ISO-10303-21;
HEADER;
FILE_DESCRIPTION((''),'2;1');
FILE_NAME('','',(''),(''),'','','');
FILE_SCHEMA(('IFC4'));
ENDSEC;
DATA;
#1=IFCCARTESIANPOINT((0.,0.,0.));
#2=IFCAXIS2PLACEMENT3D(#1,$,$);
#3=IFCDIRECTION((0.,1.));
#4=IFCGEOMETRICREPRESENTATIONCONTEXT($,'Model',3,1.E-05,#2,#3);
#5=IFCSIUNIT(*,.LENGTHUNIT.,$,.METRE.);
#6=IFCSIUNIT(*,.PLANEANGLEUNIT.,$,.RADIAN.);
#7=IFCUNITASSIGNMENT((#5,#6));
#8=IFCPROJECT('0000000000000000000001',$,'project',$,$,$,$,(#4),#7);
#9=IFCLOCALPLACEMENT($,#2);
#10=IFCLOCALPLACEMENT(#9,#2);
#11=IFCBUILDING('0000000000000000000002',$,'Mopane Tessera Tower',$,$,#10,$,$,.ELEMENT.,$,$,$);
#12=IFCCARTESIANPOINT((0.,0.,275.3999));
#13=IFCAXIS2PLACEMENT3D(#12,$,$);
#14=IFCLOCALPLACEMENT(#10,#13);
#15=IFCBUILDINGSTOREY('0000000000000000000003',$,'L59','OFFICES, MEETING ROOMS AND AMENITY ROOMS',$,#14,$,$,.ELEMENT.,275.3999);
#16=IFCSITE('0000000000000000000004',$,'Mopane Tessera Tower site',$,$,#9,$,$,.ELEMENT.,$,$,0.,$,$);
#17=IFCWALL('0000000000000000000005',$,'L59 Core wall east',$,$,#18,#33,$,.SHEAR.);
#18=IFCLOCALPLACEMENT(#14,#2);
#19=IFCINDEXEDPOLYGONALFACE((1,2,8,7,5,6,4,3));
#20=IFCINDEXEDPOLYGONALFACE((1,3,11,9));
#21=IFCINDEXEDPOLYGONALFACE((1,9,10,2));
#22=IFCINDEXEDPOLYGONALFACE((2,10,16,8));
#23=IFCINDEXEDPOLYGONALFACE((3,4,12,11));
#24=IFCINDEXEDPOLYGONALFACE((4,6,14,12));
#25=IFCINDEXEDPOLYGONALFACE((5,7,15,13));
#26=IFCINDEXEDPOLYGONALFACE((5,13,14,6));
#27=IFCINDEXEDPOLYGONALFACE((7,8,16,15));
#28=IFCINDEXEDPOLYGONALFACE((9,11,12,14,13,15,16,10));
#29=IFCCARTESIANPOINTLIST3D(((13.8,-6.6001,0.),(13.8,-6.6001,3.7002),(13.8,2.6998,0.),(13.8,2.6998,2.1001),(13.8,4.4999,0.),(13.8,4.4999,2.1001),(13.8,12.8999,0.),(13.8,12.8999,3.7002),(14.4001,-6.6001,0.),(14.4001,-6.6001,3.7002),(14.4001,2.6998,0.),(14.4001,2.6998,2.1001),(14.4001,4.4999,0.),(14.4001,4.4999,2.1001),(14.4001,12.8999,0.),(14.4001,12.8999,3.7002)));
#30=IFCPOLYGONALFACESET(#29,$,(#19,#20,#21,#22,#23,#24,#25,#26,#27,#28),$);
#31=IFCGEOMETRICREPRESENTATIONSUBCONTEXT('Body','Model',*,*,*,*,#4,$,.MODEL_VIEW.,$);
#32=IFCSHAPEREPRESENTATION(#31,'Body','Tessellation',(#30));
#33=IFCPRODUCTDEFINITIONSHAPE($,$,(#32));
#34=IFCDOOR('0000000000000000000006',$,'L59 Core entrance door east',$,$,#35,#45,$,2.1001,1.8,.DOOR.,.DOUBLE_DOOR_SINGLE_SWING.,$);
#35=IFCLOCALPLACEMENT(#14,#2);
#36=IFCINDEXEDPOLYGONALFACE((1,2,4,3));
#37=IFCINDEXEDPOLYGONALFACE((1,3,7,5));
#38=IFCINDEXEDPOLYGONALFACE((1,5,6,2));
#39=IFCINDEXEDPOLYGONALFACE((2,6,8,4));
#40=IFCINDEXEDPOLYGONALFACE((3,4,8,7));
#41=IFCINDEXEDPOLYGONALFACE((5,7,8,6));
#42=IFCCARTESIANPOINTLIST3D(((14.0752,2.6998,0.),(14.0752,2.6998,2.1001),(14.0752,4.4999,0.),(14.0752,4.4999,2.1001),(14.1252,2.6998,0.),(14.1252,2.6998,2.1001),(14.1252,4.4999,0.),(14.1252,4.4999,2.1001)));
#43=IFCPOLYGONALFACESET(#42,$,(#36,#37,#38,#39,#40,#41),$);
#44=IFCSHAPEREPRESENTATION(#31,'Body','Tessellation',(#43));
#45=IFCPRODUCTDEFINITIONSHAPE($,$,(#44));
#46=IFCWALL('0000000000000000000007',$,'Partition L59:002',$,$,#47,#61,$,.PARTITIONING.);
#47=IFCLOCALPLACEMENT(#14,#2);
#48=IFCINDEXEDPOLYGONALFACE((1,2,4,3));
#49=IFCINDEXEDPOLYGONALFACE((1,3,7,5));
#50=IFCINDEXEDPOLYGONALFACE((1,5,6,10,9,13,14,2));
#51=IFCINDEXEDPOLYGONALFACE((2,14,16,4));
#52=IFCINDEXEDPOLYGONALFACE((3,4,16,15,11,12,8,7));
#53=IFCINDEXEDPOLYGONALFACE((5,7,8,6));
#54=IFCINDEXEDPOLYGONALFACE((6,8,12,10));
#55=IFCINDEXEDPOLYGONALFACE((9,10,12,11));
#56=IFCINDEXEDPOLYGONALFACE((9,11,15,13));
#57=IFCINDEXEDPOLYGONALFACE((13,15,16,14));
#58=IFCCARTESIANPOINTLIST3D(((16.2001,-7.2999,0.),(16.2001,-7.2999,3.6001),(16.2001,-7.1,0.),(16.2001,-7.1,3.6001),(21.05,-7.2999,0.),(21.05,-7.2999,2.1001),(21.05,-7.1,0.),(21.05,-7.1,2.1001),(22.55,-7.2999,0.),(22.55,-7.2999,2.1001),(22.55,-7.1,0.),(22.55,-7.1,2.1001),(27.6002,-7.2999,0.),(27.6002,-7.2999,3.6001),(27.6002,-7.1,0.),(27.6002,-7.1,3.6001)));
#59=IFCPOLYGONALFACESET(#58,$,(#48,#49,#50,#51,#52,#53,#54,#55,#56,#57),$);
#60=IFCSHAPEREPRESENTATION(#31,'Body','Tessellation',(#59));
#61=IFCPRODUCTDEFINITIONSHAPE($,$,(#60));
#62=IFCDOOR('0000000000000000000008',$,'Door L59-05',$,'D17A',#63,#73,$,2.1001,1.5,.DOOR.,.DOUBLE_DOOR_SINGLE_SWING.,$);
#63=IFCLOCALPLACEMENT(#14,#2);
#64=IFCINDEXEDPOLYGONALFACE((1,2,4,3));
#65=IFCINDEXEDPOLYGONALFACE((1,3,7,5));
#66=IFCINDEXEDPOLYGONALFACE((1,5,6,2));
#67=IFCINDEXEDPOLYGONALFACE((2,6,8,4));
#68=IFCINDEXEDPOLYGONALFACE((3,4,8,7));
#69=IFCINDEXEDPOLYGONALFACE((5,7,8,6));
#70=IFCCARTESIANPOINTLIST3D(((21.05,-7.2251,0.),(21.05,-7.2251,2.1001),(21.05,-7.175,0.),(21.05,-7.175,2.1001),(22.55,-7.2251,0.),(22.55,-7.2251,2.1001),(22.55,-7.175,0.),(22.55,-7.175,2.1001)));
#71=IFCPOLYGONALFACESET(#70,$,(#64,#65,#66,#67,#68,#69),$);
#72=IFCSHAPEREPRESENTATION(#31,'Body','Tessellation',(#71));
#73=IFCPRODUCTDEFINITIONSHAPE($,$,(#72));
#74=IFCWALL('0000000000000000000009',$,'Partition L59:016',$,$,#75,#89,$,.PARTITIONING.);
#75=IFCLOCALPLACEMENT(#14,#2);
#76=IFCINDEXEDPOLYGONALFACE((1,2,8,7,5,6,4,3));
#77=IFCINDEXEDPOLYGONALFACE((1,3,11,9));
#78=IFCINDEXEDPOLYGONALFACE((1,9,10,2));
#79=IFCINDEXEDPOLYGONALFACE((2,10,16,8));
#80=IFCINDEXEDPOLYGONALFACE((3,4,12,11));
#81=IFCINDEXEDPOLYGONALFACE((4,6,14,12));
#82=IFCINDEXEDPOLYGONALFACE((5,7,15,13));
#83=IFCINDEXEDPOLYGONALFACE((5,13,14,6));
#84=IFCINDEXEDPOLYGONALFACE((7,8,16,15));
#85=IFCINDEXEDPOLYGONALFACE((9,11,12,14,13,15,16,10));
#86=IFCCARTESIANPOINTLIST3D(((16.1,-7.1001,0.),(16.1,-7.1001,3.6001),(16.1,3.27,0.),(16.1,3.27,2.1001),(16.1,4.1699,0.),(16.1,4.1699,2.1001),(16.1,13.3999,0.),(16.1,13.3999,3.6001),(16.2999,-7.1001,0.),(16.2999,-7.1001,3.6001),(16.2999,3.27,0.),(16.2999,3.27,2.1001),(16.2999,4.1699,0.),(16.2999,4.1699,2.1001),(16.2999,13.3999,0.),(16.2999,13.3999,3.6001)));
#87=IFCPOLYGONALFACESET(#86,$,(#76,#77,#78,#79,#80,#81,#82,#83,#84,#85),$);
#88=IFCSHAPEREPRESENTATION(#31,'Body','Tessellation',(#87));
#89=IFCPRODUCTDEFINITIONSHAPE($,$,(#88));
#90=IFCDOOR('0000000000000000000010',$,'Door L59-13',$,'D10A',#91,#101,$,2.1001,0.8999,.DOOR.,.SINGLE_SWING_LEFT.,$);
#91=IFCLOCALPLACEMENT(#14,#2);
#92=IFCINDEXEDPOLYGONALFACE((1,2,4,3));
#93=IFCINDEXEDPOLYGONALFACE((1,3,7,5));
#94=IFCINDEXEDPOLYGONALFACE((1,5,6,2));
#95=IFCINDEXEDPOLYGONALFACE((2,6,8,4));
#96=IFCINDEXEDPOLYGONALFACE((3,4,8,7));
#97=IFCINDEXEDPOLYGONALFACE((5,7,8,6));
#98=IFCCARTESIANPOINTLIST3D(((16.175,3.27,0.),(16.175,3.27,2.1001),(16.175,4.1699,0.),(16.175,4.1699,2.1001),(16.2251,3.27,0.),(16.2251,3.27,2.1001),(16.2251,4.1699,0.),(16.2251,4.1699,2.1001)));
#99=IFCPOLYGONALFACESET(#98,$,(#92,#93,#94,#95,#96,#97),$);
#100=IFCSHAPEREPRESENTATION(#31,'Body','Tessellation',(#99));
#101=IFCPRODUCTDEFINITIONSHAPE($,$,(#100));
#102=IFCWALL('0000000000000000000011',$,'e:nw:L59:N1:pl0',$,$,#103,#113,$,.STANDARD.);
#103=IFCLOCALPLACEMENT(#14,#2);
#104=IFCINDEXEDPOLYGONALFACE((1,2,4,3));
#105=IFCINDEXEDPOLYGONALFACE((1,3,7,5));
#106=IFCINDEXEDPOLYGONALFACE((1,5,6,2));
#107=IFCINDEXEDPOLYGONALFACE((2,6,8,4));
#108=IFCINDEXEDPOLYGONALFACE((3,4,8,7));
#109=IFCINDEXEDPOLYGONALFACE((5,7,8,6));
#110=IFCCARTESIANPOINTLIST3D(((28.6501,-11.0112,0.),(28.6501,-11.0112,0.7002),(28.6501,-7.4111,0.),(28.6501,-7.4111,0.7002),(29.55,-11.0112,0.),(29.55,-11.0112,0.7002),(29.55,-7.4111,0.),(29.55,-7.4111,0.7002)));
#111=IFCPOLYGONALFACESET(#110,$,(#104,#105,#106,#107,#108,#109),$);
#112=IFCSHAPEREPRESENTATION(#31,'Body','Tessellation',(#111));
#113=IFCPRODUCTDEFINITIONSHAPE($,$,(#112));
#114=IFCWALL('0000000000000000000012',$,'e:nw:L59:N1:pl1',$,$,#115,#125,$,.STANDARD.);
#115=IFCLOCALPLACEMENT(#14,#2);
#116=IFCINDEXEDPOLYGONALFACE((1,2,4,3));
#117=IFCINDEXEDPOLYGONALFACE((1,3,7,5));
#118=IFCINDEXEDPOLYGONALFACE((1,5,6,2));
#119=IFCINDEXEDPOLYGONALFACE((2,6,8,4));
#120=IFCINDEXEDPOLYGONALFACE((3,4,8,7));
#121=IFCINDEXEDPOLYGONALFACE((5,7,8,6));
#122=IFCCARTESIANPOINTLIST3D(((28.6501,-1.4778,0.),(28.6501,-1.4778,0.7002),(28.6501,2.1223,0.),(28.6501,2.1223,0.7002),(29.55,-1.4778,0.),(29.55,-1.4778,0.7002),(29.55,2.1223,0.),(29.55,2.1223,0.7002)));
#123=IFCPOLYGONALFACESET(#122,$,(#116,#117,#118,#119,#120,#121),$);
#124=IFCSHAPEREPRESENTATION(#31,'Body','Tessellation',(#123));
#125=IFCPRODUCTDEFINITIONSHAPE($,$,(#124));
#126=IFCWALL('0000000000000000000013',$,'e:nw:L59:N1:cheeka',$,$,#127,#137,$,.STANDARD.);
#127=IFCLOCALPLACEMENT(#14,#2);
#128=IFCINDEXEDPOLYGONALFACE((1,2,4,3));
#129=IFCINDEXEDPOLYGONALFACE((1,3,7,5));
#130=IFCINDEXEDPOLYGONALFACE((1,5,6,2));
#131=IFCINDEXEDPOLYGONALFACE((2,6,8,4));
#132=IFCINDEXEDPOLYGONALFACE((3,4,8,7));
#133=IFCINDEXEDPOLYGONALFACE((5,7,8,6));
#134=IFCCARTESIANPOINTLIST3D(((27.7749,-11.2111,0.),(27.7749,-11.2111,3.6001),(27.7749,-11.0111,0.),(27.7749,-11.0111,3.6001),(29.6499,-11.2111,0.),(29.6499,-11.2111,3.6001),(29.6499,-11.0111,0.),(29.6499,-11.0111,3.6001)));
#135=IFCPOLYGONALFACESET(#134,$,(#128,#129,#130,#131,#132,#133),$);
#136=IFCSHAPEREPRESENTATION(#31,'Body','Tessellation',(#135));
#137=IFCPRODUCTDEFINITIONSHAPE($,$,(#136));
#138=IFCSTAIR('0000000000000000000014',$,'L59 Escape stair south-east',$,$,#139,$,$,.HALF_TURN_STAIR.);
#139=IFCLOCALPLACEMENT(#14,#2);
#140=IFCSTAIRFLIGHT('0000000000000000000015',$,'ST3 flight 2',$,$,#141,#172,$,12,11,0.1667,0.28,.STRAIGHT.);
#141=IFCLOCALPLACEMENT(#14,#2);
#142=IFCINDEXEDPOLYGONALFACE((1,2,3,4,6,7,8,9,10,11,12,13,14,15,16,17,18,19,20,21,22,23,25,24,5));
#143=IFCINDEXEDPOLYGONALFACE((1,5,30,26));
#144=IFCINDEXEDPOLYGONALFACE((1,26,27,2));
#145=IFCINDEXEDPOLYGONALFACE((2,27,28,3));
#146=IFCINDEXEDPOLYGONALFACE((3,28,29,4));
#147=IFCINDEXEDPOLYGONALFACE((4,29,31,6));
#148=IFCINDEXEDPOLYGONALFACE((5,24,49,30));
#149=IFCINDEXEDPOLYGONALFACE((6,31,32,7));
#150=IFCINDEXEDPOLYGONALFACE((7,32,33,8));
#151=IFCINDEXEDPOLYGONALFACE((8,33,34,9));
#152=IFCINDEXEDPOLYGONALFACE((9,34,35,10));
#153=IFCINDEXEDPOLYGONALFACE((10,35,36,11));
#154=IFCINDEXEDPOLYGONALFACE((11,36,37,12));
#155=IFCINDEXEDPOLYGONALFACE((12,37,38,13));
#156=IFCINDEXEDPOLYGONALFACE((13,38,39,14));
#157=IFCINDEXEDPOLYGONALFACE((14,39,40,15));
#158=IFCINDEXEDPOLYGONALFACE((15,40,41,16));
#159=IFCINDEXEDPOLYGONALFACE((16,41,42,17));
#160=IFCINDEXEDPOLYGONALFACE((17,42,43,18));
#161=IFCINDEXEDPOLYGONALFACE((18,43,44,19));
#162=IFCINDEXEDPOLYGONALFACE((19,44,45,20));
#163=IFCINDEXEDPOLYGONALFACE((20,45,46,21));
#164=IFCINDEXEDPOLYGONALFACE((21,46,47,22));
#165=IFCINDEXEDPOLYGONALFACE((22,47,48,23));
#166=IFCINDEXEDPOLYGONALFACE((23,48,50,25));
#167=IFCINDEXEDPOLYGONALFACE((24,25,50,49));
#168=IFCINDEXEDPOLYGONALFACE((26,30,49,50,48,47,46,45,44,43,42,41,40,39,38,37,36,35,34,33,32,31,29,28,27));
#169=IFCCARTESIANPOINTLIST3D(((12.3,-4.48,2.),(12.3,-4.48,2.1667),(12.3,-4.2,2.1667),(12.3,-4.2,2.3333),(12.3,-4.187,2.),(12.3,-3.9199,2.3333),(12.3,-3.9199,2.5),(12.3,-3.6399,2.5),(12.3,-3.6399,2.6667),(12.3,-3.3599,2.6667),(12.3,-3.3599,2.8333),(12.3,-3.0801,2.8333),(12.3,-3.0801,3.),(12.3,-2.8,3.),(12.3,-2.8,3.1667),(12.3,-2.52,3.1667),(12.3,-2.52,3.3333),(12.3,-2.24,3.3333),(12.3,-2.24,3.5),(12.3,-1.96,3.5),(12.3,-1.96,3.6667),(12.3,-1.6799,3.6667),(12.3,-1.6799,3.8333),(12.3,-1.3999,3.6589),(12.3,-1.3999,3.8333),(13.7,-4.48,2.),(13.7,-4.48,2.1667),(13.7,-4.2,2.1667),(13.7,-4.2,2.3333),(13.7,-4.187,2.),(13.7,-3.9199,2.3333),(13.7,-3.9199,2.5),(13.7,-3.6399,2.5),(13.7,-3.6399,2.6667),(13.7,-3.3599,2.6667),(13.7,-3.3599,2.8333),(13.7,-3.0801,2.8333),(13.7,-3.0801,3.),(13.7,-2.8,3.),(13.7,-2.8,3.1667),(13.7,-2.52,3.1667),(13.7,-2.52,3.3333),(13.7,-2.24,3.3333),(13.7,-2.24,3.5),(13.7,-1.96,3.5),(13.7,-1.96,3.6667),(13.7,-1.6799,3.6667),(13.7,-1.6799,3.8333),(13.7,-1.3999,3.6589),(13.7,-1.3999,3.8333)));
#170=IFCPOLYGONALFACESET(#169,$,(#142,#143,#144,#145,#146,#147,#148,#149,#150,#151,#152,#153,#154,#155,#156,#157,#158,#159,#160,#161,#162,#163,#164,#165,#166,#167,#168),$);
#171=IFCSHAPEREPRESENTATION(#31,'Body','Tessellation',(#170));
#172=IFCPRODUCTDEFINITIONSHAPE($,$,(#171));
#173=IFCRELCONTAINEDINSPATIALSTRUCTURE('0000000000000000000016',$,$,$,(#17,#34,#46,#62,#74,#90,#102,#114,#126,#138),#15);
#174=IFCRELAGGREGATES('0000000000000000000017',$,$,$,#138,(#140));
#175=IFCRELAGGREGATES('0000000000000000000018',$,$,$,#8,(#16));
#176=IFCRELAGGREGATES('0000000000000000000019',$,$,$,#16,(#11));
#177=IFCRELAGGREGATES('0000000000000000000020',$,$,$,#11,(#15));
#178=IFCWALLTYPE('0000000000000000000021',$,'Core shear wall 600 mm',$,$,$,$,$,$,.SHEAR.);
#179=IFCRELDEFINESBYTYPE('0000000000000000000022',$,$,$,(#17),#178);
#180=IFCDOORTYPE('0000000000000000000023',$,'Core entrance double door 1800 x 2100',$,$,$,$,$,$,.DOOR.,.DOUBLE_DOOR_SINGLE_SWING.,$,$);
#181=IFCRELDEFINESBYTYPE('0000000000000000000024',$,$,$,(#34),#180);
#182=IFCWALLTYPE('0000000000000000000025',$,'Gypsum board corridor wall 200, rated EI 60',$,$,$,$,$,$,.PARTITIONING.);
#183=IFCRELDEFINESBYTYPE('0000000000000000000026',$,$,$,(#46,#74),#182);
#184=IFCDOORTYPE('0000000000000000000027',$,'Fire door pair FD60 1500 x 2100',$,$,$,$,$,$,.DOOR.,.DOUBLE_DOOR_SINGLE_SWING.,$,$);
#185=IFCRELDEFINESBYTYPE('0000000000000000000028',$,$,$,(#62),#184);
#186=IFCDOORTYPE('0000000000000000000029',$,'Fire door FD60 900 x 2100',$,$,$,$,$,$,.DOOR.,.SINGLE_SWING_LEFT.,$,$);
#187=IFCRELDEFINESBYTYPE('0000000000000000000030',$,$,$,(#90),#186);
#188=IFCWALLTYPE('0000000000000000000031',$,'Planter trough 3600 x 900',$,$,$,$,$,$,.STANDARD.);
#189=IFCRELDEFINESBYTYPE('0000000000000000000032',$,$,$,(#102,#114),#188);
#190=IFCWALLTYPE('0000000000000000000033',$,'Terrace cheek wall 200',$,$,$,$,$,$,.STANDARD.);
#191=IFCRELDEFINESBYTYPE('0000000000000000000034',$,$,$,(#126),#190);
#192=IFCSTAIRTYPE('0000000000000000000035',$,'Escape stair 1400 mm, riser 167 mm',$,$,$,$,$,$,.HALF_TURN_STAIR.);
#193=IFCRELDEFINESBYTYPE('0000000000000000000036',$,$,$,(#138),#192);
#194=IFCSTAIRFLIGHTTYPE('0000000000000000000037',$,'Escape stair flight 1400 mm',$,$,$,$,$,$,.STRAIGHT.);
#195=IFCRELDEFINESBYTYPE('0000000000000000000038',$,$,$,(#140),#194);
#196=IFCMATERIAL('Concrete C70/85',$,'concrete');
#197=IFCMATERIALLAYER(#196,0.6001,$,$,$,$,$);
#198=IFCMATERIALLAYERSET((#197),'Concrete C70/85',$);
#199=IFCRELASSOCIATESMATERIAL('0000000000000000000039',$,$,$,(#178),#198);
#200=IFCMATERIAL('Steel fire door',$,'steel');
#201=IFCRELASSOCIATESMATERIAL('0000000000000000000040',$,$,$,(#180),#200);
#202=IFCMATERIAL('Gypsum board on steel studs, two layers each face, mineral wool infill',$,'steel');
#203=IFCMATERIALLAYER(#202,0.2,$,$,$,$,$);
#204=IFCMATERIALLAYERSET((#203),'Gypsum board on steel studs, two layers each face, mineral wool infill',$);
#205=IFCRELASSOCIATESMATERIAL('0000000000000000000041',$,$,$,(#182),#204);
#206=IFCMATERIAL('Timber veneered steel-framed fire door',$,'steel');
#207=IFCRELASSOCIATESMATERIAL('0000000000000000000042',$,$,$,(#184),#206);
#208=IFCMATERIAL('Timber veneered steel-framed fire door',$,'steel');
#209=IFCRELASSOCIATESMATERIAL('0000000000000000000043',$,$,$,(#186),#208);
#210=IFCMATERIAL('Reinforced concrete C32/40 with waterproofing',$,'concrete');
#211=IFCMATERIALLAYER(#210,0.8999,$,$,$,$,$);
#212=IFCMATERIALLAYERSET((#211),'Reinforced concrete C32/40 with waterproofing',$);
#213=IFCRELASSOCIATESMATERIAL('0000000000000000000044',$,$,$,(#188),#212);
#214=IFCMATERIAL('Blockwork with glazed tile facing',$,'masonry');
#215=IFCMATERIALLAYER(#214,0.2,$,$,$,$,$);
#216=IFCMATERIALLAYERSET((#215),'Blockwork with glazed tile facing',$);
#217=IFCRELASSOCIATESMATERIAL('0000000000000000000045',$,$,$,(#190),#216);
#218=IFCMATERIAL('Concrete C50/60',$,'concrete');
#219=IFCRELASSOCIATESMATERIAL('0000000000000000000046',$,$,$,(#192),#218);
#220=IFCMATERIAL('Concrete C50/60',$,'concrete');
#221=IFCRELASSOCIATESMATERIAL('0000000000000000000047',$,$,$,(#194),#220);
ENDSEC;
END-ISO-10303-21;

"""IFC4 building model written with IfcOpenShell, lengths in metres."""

from ifc_helpers import new_model, si_unit, direction, frame, frame_2d, origin, place, context, subcontext, project, spatial, polyline, rectangle, outline, extrude, material, layer, layer_set, type_object, element, fill, aggregate, save


model = new_model("IFC4")

# Units and contexts
model_context = context("Model", 3, precision=1e-05, world=origin(), true_north=direction((0.0, 1.0)))
body_context = subcontext(model_context, "Body", "Model", "MODEL_VIEW")
ifc_project = project(units=[si_unit("LENGTHUNIT", "METRE"), si_unit("PLANEANGLEUNIT", "RADIAN")], contexts=[model_context])

# Site, building, storey
site_placement = place(None, origin())
site = spatial("IfcSite", under=ifc_project, at=site_placement, Name="Mopane Tessera Tower site", CompositionType="ELEMENT", RefElevation=0.0)
building_placement = place(site_placement, origin())
building = spatial("IfcBuilding", under=site, at=building_placement, Name="Mopane Tessera Tower", CompositionType="ELEMENT")
storey_placement = place(building_placement, frame((0.0, 0.0, 275.3999)))
storey = spatial("IfcBuildingStorey", under=building, at=storey_placement, Name="L59", Description="OFFICES, MEETING ROOMS AND AMENITY ROOMS", CompositionType="ELEMENT", Elevation=275.3999)

# Walls, openings, doors
ifc_material_1 = material(Name="Concrete C70/85", Category="concrete")
ifc_layer_1 = layer(ifc_material_1, 0.6001)
ifc_layer_set_1 = layer_set([ifc_layer_1], Name="Concrete C70/85")
wall_type_1 = type_object("IfcWallType", Name="Core shear wall 600 mm", PredefinedType="SHEAR", material=ifc_layer_set_1)
wall_1_placement = place(storey_placement, frame((14.1001, -6.6001, 0.0), z_axis=(0.0, 0.0, 1.0), x_axis=(0.0, 1.0, 0.0)))
wall_1 = element("IfcWall", 1, at=wall_1_placement, inside=storey, type_object=wall_type_1, Name="L59 Core wall east", PredefinedType="SHEAR", context=body_context, shape_type="SweptSolid", body=[
    extrude(rectangle(XDim=19.5, YDim=0.6001, at=frame_2d((9.75, 0.0))), origin(), (0.0, 0.0, 1.0), 3.7002),
])
opening_1_placement = place(wall_1_placement, frame((9.3, 0.0, 0.0)))
opening_1 = element("IfcOpeningElement", 2, at=opening_1_placement, cuts=wall_1, PredefinedType="OPENING", context=body_context, shape_type="SweptSolid", body=[
    extrude(rectangle(XDim=1.8, YDim=2.1001, at=frame_2d((0.8999, 1.05))), frame((0.0, 0.312, 0.0), z_axis=(0.0, -1.0, 0.0), x_axis=(1.0, 0.0, 0.0)), (0.0, 0.0, 1.0), 0.624),
])
ifc_material_2 = material(Name="Steel fire door", Category="steel")
door_type_1 = type_object("IfcDoorType", Name="Core entrance double door 1800 x 2100", OperationType="DOUBLE_DOOR_SINGLE_SWING", PredefinedType="DOOR", material=ifc_material_2)
door_1_placement = place(opening_1_placement, origin())
door_1 = element("IfcDoor", 3, at=door_1_placement, inside=storey, type_object=door_type_1, Name="L59 Core entrance door east", OperationType="DOUBLE_DOOR_SINGLE_SWING", OverallHeight=2.1001, OverallWidth=1.8, PredefinedType="DOOR", context=body_context, shape_type="SweptSolid", body=[
    extrude(rectangle(XDim=1.8, YDim=2.1001, at=frame_2d((0.8999, 1.05))), frame((0.0, 0.0249, 0.0), z_axis=(0.0, -1.0, 0.0), x_axis=(1.0, 0.0, 0.0)), (0.0, 0.0, 1.0), 0.05),
])
fill(opening_1, door_1)
ifc_material_3 = material(Name="Gypsum board on steel studs, two layers each face, mineral wool infill", Category="steel")
ifc_layer_2 = layer(ifc_material_3, 0.2)
ifc_layer_set_2 = layer_set([ifc_layer_2], Name="Gypsum board on steel studs, two layers each face, mineral wool infill")
wall_type_2 = type_object("IfcWallType", Name="Gypsum board corridor wall 200, rated EI 60", PredefinedType="PARTITIONING", material=ifc_layer_set_2)
wall_2_placement = place(storey_placement, frame((16.2, -7.2, 0.0), z_axis=(0.0, 0.0, 1.0), x_axis=(1.0, 0.0, 0.0)))
wall_2 = element("IfcWall", 4, at=wall_2_placement, inside=storey, type_object=wall_type_2, Name="Partition L59:002", PredefinedType="PARTITIONING", context=body_context, shape_type="SweptSolid", body=[
    extrude(rectangle(XDim=11.4001, YDim=0.2, at=frame_2d((5.7002, 0.0))), origin(), (0.0, 0.0, 1.0), 3.6001),
])
opening_2_placement = place(wall_2_placement, frame((4.8501, 0.0, 0.0)))
opening_2 = element("IfcOpeningElement", 5, at=opening_2_placement, cuts=wall_2, PredefinedType="OPENING", context=body_context, shape_type="SweptSolid", body=[
    extrude(rectangle(XDim=1.5, YDim=2.1001, at=frame_2d((0.75, 1.05))), frame((0.0, 0.1121, 0.0), z_axis=(0.0, -1.0, 0.0), x_axis=(1.0, 0.0, 0.0)), (0.0, 0.0, 1.0), 0.2239),
])
ifc_material_4 = material(Name="Timber veneered steel-framed fire door", Category="steel")
door_type_2 = type_object("IfcDoorType", Name="Fire door pair FD60 1500 x 2100", OperationType="DOUBLE_DOOR_SINGLE_SWING", PredefinedType="DOOR", material=ifc_material_4)
door_2_placement = place(opening_2_placement, origin())
door_2 = element("IfcDoor", 6, at=door_2_placement, inside=storey, type_object=door_type_2, Name="Door L59-05", ObjectType="D17A", OperationType="DOUBLE_DOOR_SINGLE_SWING", OverallHeight=2.1001, OverallWidth=1.5, PredefinedType="DOOR", context=body_context, shape_type="SweptSolid", body=[
    extrude(rectangle(XDim=1.5, YDim=2.1001, at=frame_2d((0.75, 1.05))), frame((0.0, 0.0249, 0.0), z_axis=(0.0, -1.0, 0.0), x_axis=(1.0, 0.0, 0.0)), (0.0, 0.0, 1.0), 0.05),
])
fill(opening_2, door_2)
wall_3_placement = place(storey_placement, frame((16.2, -7.1001, 0.0), z_axis=(0.0, 0.0, 1.0), x_axis=(0.0, 1.0, 0.0)))
wall_3 = element("IfcWall", 7, at=wall_3_placement, inside=storey, type_object=wall_type_2, Name="Partition L59:016", PredefinedType="PARTITIONING", context=body_context, shape_type="SweptSolid", body=[
    extrude(rectangle(XDim=20.5, YDim=0.2, at=frame_2d((10.25, 0.0))), origin(), (0.0, 0.0, 1.0), 3.6001),
])
opening_3_placement = place(wall_3_placement, frame((10.3701, 0.0, 0.0)))
opening_3 = element("IfcOpeningElement", 8, at=opening_3_placement, cuts=wall_3, PredefinedType="OPENING", context=body_context, shape_type="SweptSolid", body=[
    extrude(rectangle(XDim=0.8999, YDim=2.1001, at=frame_2d((0.45, 1.05))), frame((0.0, 0.1121, 0.0), z_axis=(0.0, -1.0, 0.0), x_axis=(1.0, 0.0, 0.0)), (0.0, 0.0, 1.0), 0.2239),
])
ifc_material_5 = material(Name="Timber veneered steel-framed fire door", Category="steel")
door_type_3 = type_object("IfcDoorType", Name="Fire door FD60 900 x 2100", OperationType="SINGLE_SWING_LEFT", PredefinedType="DOOR", material=ifc_material_5)
door_3_placement = place(opening_3_placement, origin())
door_3 = element("IfcDoor", 9, at=door_3_placement, inside=storey, type_object=door_type_3, Name="Door L59-13", ObjectType="D10A", OperationType="SINGLE_SWING_LEFT", OverallHeight=2.1001, OverallWidth=0.8999, PredefinedType="DOOR", context=body_context, shape_type="SweptSolid", body=[
    extrude(rectangle(XDim=0.8999, YDim=2.1001, at=frame_2d((0.45, 1.05))), frame((0.0, 0.0249, 0.0), z_axis=(0.0, -1.0, 0.0), x_axis=(1.0, 0.0, 0.0)), (0.0, 0.0, 1.0), 0.05),
])
fill(opening_3, door_3)

# Walls
ifc_material_6 = material(Name="Reinforced concrete C32/40 with waterproofing", Category="concrete")
ifc_layer_3 = layer(ifc_material_6, 0.8999)
ifc_layer_set_3 = layer_set([ifc_layer_3], Name="Reinforced concrete C32/40 with waterproofing")
wall_type_3 = type_object("IfcWallType", Name="Planter trough 3600 x 900", PredefinedType="STANDARD", material=ifc_layer_set_3)
for number, where, z_axis, x_axis, name in (
    (10, (29.1001, -11.0112, 0.0), (0.0, 0.0, 1.0), (0.0, 1.0, 0.0), "e:nw:L59:N1:pl0"),
    (11, (29.1001, -1.4778, 0.0), (0.0, 0.0, 1.0), (0.0, 1.0, 0.0), "e:nw:L59:N1:pl1"),
):
    element("IfcWall", number, at=place(storey_placement, frame(where, z_axis=z_axis, x_axis=x_axis)), inside=storey, type_object=wall_type_3, Name=name, PredefinedType="STANDARD", context=body_context, shape_type="SweptSolid", body=[
        extrude(rectangle(XDim=3.6001, YDim=0.8999, at=frame_2d((1.8, 0.0))), origin(), (0.0, 0.0, 1.0), 0.7002),
    ])
ifc_material_7 = material(Name="Blockwork with glazed tile facing", Category="masonry")
ifc_layer_4 = layer(ifc_material_7, 0.2)
ifc_layer_set_4 = layer_set([ifc_layer_4], Name="Blockwork with glazed tile facing")
wall_type_4 = type_object("IfcWallType", Name="Terrace cheek wall 200", PredefinedType="STANDARD", material=ifc_layer_set_4)
wall_4_placement = place(storey_placement, frame((29.6499, -11.1111, 0.0), z_axis=(0.0, 0.0, 1.0), x_axis=(-1.0, 0.0, 0.0)))
element("IfcWall", 12, at=wall_4_placement, inside=storey, type_object=wall_type_4, Name="e:nw:L59:N1:cheeka", PredefinedType="STANDARD", context=body_context, shape_type="SweptSolid", body=[
    extrude(rectangle(XDim=1.875, YDim=0.2, at=frame_2d((0.9375, 0.0))), origin(), (0.0, 0.0, 1.0), 3.6001),
])

# Stair, stair flight
ifc_material_8 = material(Name="Concrete C50/60", Category="concrete")
stair_type = type_object("IfcStairType", Name="Escape stair 1400 mm, riser 167 mm", PredefinedType="HALF_TURN_STAIR", material=ifc_material_8)
stair_placement = place(storey_placement, origin())
stair = element("IfcStair", 13, at=stair_placement, inside=storey, type_object=stair_type, Name="L59 Escape stair south-east", PredefinedType="HALF_TURN_STAIR")
ifc_material_9 = material(Name="Concrete C50/60", Category="concrete")
stair_flight_type = type_object("IfcStairFlightType", Name="Escape stair flight 1400 mm", PredefinedType="STRAIGHT", material=ifc_material_9)
stair_flight_placement = place(storey_placement, frame((13.0, -4.48, 2.0), z_axis=(0.0, 0.0, 1.0), x_axis=(0.0, 1.0, 0.0)))
stair_flight = element("IfcStairFlight", 14, at=stair_flight_placement, type_object=stair_flight_type, Name="ST3 flight 2", NumberOfRisers=12, NumberOfTreads=11, PredefinedType="STRAIGHT", RiserHeight=0.1667, TreadLength=0.28, context=body_context, shape_type="SweptSolid", body=[
    extrude(outline(polyline([(0.0, 0.0), (0.0, 0.1667), (0.28, 0.1667), (0.28, 0.3333), (0.5601, 0.3333), (0.5601, 0.5), (0.8401, 0.5), (0.8401, 0.6667), (1.1201, 0.6667), (1.1201, 0.8333), (1.3999, 0.8333), (1.3999, 1.0), (1.6799, 1.0), (1.6799, 1.1667), (1.96, 1.1667), (1.96, 1.3333), (2.24, 1.3333), (2.24, 1.5), (2.52, 1.5), (2.52, 1.6667), (2.8, 1.6667), (2.8, 1.8333), (3.0801, 1.8333), (3.0801, 2.0), (3.0801, 1.6589), (0.293, 0.0), (0.0, 0.0)])), frame((0.0, 0.7, 0.0), z_axis=(0.0, -1.0, 0.0), x_axis=(1.0, 0.0, 0.0)), (0.0, 0.0, 1.0), 1.3999),
])
aggregate(stair, [stair_flight])

save(model, "model.ifc")
